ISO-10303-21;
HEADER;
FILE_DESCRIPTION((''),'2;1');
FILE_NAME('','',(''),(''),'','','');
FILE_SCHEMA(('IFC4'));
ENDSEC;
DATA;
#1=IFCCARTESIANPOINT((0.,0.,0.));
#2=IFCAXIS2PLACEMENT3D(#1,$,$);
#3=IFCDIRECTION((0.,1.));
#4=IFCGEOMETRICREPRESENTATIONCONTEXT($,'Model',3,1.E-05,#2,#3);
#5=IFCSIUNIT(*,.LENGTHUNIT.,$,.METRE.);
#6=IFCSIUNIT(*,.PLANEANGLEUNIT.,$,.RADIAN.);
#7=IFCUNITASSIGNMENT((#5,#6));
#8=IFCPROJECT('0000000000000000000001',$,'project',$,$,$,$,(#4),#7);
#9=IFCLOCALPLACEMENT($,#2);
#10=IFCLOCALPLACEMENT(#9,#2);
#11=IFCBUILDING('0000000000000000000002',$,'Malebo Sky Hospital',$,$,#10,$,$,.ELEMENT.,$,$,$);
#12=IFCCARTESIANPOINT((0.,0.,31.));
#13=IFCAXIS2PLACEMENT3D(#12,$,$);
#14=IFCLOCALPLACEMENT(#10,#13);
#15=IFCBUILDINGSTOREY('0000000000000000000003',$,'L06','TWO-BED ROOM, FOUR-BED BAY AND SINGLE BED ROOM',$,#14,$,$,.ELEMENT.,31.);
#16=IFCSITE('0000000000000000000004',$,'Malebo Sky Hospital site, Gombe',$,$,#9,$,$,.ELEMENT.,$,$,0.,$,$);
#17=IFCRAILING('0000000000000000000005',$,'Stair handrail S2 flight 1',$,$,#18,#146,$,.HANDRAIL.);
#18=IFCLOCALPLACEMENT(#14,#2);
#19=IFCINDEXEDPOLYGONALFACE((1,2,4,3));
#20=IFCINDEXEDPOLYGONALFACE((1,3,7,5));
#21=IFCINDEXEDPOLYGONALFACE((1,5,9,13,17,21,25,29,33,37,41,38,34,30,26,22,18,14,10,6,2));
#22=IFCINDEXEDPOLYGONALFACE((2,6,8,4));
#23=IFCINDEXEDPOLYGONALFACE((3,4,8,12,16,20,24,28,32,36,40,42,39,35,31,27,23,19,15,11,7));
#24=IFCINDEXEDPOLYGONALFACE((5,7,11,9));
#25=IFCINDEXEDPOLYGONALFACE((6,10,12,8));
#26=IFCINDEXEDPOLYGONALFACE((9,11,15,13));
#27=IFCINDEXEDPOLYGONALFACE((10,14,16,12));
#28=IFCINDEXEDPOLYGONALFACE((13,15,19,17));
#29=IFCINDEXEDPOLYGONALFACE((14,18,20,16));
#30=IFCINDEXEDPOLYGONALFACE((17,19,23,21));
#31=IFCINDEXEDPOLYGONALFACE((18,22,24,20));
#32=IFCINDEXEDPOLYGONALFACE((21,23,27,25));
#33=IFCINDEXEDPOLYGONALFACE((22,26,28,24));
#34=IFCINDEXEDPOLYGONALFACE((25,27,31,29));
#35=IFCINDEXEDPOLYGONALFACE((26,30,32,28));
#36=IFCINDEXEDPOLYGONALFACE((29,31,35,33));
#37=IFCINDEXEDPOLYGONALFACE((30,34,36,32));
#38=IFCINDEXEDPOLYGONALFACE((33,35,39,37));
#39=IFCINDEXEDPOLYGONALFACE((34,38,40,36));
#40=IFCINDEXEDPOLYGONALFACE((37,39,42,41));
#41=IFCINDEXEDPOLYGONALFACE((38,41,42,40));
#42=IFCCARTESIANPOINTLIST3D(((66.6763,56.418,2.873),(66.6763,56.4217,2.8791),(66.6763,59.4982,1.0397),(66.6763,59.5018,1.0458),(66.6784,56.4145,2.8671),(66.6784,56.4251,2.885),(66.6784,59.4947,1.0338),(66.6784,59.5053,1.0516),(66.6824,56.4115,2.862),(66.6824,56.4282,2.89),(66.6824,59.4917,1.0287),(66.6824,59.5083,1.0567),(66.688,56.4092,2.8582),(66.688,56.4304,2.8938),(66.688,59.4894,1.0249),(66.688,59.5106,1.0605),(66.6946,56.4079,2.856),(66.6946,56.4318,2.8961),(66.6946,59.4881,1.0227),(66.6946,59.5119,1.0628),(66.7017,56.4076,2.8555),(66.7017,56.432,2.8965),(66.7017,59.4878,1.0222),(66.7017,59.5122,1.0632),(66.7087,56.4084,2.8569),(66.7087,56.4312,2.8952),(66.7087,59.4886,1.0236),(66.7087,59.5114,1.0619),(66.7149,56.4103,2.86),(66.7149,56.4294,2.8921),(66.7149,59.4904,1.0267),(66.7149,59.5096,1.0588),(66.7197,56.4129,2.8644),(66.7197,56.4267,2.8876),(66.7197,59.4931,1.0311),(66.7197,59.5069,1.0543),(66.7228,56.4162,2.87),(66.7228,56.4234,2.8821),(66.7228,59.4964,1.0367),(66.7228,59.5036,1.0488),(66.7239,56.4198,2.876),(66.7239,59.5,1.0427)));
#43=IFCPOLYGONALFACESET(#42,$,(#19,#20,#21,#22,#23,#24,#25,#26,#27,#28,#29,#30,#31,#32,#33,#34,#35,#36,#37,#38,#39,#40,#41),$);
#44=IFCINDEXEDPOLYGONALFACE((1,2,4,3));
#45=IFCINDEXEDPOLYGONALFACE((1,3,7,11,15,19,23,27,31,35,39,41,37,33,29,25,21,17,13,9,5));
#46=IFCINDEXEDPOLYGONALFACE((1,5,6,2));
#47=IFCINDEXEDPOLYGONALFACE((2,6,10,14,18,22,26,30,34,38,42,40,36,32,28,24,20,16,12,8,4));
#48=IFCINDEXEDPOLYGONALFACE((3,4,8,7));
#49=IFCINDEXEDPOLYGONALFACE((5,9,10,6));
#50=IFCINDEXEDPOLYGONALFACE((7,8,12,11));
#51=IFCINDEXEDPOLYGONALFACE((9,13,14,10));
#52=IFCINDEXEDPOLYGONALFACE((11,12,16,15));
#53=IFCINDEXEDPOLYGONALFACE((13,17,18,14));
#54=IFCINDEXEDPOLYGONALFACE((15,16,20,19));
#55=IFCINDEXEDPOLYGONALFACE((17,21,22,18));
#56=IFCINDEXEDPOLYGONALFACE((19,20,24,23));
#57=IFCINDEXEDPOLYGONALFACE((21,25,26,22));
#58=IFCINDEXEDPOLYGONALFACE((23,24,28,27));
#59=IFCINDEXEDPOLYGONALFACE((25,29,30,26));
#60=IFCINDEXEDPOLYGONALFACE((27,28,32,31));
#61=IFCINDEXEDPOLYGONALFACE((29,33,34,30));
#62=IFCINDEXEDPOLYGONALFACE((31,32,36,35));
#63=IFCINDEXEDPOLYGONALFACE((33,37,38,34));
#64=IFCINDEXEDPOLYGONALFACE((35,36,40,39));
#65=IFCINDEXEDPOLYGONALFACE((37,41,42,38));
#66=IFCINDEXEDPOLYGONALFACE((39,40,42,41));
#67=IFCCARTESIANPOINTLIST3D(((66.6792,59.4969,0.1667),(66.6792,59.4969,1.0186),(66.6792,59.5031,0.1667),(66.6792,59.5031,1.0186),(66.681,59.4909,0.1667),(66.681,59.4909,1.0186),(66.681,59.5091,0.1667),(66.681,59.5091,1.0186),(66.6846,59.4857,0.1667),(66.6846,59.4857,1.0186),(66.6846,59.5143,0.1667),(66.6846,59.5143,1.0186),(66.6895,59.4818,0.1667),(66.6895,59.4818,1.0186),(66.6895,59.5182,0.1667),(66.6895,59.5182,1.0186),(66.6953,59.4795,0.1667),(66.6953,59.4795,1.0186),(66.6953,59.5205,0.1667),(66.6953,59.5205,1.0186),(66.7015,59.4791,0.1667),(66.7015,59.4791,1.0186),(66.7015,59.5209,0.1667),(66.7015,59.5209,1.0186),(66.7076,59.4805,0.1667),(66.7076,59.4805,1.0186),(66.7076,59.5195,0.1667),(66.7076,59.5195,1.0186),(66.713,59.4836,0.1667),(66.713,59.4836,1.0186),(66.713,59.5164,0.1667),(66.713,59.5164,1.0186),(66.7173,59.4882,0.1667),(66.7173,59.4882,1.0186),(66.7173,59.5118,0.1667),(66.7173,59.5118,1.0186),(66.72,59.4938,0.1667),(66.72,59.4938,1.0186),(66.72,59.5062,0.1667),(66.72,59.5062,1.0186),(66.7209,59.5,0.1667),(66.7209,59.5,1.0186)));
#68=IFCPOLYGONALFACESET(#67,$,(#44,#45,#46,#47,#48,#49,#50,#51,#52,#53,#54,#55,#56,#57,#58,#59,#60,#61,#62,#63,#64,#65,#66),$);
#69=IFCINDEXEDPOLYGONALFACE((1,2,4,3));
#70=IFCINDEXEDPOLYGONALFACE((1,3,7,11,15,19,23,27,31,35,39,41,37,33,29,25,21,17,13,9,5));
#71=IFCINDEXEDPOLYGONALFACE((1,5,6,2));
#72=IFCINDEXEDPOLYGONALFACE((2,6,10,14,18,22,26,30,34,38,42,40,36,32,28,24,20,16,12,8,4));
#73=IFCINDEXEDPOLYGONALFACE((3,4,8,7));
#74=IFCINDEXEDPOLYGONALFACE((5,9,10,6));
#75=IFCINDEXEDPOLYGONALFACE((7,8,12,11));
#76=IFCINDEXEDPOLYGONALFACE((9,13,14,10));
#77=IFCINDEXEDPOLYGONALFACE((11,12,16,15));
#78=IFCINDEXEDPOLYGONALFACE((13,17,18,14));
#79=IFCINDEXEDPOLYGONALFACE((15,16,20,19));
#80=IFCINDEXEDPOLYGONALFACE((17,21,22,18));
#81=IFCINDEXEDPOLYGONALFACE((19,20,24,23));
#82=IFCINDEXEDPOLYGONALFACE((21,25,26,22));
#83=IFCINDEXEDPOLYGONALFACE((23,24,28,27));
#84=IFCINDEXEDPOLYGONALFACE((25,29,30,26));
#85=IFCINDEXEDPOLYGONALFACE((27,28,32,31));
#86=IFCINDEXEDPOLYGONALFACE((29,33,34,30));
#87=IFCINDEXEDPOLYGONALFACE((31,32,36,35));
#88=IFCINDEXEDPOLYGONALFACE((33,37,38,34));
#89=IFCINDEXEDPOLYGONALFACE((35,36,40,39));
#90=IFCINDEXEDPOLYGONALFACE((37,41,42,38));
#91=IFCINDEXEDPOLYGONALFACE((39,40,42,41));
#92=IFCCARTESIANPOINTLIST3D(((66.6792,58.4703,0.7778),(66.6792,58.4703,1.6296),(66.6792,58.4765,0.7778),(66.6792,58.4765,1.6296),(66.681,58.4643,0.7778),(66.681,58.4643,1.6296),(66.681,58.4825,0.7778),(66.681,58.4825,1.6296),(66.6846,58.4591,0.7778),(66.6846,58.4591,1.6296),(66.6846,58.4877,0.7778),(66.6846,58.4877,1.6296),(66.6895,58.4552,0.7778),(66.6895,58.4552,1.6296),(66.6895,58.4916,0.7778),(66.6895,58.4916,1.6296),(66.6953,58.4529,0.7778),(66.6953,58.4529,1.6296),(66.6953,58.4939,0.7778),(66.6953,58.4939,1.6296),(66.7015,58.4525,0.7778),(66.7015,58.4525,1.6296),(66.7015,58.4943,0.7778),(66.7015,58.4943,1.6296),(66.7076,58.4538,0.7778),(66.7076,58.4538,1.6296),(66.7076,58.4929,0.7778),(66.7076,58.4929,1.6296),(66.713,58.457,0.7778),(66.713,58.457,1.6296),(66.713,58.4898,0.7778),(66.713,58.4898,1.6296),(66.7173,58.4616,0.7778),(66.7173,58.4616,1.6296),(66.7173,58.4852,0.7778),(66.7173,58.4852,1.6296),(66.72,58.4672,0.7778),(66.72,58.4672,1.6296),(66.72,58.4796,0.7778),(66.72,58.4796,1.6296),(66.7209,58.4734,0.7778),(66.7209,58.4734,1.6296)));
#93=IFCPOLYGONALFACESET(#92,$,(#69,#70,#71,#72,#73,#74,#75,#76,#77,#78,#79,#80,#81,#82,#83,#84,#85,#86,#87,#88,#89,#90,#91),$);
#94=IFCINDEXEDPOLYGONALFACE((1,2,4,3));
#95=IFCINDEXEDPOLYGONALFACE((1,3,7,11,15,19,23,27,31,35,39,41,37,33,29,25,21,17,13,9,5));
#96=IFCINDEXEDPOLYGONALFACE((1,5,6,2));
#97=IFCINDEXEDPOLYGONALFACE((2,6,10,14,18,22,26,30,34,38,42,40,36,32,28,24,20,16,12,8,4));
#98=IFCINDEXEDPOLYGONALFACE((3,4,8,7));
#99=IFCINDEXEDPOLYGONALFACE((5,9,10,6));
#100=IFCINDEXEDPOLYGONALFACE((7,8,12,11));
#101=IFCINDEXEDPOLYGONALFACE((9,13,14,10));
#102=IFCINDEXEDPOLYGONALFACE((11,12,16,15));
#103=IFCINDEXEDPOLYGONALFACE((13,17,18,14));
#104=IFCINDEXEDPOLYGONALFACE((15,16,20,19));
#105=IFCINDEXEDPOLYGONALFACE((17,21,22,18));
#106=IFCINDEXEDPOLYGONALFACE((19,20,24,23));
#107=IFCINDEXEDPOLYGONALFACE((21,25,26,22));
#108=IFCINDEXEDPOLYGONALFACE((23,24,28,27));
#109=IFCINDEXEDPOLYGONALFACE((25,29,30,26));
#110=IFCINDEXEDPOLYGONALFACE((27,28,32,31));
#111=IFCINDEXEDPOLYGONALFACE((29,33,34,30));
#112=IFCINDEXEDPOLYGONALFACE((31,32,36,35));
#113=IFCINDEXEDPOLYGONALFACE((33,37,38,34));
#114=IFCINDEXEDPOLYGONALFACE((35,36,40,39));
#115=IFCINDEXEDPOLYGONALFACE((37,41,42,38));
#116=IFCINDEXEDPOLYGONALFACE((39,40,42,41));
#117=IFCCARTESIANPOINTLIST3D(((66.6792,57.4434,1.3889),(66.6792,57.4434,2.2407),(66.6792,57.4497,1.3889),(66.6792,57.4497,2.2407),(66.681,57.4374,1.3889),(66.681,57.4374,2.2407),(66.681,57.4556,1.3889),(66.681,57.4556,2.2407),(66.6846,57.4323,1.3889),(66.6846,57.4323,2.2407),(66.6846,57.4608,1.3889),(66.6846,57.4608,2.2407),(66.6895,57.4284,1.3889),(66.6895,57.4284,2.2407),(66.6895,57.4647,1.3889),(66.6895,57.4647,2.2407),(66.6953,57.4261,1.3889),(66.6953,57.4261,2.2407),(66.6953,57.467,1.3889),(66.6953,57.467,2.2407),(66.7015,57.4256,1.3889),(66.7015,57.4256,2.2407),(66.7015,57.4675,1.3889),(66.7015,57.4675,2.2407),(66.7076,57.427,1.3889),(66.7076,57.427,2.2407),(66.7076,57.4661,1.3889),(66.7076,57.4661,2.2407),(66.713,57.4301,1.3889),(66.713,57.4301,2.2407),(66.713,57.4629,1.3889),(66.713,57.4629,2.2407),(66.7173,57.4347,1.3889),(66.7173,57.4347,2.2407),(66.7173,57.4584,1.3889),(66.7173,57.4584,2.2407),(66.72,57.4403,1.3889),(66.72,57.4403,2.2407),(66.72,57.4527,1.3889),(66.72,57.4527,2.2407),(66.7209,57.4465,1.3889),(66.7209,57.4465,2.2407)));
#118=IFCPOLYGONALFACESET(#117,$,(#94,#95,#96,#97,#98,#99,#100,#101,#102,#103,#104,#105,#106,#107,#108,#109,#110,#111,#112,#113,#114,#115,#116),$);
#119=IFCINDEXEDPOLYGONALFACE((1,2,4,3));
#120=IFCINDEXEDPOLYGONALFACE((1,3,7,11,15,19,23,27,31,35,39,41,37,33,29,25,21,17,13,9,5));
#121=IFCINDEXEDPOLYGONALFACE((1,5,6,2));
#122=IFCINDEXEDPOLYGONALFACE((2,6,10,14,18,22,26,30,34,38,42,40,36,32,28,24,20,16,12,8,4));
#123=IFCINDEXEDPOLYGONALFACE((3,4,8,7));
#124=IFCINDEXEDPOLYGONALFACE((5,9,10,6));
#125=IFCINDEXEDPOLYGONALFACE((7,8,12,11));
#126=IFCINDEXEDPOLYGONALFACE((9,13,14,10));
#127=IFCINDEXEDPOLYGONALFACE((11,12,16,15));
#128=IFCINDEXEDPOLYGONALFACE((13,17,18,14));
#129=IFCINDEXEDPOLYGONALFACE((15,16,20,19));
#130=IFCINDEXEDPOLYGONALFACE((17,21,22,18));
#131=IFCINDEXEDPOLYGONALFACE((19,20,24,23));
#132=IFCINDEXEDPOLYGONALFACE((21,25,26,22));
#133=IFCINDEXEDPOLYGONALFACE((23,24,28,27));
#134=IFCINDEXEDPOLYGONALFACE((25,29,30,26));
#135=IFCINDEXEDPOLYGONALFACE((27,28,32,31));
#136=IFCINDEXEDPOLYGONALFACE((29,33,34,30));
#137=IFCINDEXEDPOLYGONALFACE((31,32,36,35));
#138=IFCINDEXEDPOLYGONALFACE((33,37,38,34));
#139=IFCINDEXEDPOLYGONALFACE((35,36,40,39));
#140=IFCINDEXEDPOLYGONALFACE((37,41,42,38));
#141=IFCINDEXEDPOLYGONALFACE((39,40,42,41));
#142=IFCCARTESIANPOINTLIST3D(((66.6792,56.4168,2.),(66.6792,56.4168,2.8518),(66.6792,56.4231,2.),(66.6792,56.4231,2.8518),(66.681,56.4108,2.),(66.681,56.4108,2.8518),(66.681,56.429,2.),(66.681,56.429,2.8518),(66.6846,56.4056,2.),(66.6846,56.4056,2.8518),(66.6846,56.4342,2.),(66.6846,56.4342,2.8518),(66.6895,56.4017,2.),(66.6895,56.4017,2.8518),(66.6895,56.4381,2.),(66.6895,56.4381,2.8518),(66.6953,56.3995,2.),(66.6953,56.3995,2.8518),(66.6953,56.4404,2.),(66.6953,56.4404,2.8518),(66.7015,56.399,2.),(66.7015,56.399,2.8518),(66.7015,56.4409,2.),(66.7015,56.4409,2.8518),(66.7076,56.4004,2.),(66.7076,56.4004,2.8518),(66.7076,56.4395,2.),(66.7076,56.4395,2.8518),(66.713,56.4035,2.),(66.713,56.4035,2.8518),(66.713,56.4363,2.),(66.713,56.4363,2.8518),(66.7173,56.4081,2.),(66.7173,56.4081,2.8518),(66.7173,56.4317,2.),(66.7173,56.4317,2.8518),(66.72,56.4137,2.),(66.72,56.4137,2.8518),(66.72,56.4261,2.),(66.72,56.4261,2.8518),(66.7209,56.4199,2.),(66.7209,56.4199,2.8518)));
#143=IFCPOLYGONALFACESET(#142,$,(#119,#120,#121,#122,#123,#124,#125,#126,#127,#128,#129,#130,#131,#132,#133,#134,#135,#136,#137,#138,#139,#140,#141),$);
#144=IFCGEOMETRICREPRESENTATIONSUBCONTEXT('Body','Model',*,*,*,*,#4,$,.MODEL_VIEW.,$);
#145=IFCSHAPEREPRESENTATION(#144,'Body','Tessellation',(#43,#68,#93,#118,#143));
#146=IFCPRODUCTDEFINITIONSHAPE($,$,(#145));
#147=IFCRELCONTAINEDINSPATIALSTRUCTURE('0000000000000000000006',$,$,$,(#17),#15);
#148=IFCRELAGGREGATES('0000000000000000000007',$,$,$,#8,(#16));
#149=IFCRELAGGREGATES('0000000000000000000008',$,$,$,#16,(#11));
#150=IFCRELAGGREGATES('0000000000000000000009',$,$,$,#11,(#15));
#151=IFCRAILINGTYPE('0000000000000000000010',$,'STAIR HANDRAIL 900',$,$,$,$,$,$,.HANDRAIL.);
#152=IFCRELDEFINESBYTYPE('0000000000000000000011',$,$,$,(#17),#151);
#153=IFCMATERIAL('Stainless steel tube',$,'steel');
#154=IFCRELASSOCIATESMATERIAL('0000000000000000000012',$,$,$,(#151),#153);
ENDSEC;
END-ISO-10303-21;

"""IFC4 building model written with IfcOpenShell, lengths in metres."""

from ifc_helpers import new_model, si_unit, direction, frame, origin, origin_2d, place, context, subcontext, project, spatial, circle, extrude, material, type_object, element, save


model = new_model("IFC4")

# Units and contexts
model_context = context("Model", 3, precision=1e-05, world=origin(), true_north=direction((0.0, 1.0)))
body_context = subcontext(model_context, "Body", "Model", "MODEL_VIEW")
ifc_project = project(units=[si_unit("LENGTHUNIT", "METRE"), si_unit("PLANEANGLEUNIT", "RADIAN")], contexts=[model_context])

# Site, building, storey
site_placement = place(None, origin())
site = spatial("IfcSite", under=ifc_project, at=site_placement, Name="Malebo Sky Hospital site, Gombe", CompositionType="ELEMENT", RefElevation=0.0)
building_placement = place(site_placement, origin())
building = spatial("IfcBuilding", under=site, at=building_placement, Name="Malebo Sky Hospital", CompositionType="ELEMENT")
storey_placement = place(building_placement, frame((0.0, 0.0, 31.0)))
storey = spatial("IfcBuildingStorey", under=building, at=storey_placement, Name="L06", Description="TWO-BED ROOM, FOUR-BED BAY AND SINGLE BED ROOM", CompositionType="ELEMENT", Elevation=31.0)

# Railing
ifc_material_1 = material(Name="Stainless steel tube", Category="steel")
railing_type = type_object("IfcRailingType", Name="STAIR HANDRAIL 900", PredefinedType="HANDRAIL", material=ifc_material_1)
railing_1_placement = place(storey_placement, frame((66.7, 59.5, 0.1667)))
element("IfcRailing", 1, at=railing_1_placement, inside=storey, type_object=railing_type, Name="Stair handrail S2 flight 1", PredefinedType="HANDRAIL", context=body_context, shape_type="SweptSolid", body=[
    extrude(circle(Radius=0.0239, at=origin_2d()), frame((0.0, 0.0, 0.876), z_axis=(0.0, -0.859309, 0.511458), x_axis=(1.0, 0.0, 0.0)), (0.0, 0.0, 1.0), 3.5845),
    extrude(circle(Radius=0.021, at=origin_2d()), origin(), (0.0, 0.0, 1.0), 0.8518),
    extrude(circle(Radius=0.021, at=origin_2d()), frame((0.0, -1.0266, 0.6111)), (0.0, 0.0, 1.0), 0.8518),
    extrude(circle(Radius=0.021, at=origin_2d()), frame((0.0, -2.0535, 1.2222)), (0.0, 0.0, 1.0), 0.8518),
    extrude(circle(Radius=0.021, at=origin_2d()), frame((0.0, -3.0801, 1.8333)), (0.0, 0.0, 1.0), 0.8518),
])

save(model, "model.ifc")
